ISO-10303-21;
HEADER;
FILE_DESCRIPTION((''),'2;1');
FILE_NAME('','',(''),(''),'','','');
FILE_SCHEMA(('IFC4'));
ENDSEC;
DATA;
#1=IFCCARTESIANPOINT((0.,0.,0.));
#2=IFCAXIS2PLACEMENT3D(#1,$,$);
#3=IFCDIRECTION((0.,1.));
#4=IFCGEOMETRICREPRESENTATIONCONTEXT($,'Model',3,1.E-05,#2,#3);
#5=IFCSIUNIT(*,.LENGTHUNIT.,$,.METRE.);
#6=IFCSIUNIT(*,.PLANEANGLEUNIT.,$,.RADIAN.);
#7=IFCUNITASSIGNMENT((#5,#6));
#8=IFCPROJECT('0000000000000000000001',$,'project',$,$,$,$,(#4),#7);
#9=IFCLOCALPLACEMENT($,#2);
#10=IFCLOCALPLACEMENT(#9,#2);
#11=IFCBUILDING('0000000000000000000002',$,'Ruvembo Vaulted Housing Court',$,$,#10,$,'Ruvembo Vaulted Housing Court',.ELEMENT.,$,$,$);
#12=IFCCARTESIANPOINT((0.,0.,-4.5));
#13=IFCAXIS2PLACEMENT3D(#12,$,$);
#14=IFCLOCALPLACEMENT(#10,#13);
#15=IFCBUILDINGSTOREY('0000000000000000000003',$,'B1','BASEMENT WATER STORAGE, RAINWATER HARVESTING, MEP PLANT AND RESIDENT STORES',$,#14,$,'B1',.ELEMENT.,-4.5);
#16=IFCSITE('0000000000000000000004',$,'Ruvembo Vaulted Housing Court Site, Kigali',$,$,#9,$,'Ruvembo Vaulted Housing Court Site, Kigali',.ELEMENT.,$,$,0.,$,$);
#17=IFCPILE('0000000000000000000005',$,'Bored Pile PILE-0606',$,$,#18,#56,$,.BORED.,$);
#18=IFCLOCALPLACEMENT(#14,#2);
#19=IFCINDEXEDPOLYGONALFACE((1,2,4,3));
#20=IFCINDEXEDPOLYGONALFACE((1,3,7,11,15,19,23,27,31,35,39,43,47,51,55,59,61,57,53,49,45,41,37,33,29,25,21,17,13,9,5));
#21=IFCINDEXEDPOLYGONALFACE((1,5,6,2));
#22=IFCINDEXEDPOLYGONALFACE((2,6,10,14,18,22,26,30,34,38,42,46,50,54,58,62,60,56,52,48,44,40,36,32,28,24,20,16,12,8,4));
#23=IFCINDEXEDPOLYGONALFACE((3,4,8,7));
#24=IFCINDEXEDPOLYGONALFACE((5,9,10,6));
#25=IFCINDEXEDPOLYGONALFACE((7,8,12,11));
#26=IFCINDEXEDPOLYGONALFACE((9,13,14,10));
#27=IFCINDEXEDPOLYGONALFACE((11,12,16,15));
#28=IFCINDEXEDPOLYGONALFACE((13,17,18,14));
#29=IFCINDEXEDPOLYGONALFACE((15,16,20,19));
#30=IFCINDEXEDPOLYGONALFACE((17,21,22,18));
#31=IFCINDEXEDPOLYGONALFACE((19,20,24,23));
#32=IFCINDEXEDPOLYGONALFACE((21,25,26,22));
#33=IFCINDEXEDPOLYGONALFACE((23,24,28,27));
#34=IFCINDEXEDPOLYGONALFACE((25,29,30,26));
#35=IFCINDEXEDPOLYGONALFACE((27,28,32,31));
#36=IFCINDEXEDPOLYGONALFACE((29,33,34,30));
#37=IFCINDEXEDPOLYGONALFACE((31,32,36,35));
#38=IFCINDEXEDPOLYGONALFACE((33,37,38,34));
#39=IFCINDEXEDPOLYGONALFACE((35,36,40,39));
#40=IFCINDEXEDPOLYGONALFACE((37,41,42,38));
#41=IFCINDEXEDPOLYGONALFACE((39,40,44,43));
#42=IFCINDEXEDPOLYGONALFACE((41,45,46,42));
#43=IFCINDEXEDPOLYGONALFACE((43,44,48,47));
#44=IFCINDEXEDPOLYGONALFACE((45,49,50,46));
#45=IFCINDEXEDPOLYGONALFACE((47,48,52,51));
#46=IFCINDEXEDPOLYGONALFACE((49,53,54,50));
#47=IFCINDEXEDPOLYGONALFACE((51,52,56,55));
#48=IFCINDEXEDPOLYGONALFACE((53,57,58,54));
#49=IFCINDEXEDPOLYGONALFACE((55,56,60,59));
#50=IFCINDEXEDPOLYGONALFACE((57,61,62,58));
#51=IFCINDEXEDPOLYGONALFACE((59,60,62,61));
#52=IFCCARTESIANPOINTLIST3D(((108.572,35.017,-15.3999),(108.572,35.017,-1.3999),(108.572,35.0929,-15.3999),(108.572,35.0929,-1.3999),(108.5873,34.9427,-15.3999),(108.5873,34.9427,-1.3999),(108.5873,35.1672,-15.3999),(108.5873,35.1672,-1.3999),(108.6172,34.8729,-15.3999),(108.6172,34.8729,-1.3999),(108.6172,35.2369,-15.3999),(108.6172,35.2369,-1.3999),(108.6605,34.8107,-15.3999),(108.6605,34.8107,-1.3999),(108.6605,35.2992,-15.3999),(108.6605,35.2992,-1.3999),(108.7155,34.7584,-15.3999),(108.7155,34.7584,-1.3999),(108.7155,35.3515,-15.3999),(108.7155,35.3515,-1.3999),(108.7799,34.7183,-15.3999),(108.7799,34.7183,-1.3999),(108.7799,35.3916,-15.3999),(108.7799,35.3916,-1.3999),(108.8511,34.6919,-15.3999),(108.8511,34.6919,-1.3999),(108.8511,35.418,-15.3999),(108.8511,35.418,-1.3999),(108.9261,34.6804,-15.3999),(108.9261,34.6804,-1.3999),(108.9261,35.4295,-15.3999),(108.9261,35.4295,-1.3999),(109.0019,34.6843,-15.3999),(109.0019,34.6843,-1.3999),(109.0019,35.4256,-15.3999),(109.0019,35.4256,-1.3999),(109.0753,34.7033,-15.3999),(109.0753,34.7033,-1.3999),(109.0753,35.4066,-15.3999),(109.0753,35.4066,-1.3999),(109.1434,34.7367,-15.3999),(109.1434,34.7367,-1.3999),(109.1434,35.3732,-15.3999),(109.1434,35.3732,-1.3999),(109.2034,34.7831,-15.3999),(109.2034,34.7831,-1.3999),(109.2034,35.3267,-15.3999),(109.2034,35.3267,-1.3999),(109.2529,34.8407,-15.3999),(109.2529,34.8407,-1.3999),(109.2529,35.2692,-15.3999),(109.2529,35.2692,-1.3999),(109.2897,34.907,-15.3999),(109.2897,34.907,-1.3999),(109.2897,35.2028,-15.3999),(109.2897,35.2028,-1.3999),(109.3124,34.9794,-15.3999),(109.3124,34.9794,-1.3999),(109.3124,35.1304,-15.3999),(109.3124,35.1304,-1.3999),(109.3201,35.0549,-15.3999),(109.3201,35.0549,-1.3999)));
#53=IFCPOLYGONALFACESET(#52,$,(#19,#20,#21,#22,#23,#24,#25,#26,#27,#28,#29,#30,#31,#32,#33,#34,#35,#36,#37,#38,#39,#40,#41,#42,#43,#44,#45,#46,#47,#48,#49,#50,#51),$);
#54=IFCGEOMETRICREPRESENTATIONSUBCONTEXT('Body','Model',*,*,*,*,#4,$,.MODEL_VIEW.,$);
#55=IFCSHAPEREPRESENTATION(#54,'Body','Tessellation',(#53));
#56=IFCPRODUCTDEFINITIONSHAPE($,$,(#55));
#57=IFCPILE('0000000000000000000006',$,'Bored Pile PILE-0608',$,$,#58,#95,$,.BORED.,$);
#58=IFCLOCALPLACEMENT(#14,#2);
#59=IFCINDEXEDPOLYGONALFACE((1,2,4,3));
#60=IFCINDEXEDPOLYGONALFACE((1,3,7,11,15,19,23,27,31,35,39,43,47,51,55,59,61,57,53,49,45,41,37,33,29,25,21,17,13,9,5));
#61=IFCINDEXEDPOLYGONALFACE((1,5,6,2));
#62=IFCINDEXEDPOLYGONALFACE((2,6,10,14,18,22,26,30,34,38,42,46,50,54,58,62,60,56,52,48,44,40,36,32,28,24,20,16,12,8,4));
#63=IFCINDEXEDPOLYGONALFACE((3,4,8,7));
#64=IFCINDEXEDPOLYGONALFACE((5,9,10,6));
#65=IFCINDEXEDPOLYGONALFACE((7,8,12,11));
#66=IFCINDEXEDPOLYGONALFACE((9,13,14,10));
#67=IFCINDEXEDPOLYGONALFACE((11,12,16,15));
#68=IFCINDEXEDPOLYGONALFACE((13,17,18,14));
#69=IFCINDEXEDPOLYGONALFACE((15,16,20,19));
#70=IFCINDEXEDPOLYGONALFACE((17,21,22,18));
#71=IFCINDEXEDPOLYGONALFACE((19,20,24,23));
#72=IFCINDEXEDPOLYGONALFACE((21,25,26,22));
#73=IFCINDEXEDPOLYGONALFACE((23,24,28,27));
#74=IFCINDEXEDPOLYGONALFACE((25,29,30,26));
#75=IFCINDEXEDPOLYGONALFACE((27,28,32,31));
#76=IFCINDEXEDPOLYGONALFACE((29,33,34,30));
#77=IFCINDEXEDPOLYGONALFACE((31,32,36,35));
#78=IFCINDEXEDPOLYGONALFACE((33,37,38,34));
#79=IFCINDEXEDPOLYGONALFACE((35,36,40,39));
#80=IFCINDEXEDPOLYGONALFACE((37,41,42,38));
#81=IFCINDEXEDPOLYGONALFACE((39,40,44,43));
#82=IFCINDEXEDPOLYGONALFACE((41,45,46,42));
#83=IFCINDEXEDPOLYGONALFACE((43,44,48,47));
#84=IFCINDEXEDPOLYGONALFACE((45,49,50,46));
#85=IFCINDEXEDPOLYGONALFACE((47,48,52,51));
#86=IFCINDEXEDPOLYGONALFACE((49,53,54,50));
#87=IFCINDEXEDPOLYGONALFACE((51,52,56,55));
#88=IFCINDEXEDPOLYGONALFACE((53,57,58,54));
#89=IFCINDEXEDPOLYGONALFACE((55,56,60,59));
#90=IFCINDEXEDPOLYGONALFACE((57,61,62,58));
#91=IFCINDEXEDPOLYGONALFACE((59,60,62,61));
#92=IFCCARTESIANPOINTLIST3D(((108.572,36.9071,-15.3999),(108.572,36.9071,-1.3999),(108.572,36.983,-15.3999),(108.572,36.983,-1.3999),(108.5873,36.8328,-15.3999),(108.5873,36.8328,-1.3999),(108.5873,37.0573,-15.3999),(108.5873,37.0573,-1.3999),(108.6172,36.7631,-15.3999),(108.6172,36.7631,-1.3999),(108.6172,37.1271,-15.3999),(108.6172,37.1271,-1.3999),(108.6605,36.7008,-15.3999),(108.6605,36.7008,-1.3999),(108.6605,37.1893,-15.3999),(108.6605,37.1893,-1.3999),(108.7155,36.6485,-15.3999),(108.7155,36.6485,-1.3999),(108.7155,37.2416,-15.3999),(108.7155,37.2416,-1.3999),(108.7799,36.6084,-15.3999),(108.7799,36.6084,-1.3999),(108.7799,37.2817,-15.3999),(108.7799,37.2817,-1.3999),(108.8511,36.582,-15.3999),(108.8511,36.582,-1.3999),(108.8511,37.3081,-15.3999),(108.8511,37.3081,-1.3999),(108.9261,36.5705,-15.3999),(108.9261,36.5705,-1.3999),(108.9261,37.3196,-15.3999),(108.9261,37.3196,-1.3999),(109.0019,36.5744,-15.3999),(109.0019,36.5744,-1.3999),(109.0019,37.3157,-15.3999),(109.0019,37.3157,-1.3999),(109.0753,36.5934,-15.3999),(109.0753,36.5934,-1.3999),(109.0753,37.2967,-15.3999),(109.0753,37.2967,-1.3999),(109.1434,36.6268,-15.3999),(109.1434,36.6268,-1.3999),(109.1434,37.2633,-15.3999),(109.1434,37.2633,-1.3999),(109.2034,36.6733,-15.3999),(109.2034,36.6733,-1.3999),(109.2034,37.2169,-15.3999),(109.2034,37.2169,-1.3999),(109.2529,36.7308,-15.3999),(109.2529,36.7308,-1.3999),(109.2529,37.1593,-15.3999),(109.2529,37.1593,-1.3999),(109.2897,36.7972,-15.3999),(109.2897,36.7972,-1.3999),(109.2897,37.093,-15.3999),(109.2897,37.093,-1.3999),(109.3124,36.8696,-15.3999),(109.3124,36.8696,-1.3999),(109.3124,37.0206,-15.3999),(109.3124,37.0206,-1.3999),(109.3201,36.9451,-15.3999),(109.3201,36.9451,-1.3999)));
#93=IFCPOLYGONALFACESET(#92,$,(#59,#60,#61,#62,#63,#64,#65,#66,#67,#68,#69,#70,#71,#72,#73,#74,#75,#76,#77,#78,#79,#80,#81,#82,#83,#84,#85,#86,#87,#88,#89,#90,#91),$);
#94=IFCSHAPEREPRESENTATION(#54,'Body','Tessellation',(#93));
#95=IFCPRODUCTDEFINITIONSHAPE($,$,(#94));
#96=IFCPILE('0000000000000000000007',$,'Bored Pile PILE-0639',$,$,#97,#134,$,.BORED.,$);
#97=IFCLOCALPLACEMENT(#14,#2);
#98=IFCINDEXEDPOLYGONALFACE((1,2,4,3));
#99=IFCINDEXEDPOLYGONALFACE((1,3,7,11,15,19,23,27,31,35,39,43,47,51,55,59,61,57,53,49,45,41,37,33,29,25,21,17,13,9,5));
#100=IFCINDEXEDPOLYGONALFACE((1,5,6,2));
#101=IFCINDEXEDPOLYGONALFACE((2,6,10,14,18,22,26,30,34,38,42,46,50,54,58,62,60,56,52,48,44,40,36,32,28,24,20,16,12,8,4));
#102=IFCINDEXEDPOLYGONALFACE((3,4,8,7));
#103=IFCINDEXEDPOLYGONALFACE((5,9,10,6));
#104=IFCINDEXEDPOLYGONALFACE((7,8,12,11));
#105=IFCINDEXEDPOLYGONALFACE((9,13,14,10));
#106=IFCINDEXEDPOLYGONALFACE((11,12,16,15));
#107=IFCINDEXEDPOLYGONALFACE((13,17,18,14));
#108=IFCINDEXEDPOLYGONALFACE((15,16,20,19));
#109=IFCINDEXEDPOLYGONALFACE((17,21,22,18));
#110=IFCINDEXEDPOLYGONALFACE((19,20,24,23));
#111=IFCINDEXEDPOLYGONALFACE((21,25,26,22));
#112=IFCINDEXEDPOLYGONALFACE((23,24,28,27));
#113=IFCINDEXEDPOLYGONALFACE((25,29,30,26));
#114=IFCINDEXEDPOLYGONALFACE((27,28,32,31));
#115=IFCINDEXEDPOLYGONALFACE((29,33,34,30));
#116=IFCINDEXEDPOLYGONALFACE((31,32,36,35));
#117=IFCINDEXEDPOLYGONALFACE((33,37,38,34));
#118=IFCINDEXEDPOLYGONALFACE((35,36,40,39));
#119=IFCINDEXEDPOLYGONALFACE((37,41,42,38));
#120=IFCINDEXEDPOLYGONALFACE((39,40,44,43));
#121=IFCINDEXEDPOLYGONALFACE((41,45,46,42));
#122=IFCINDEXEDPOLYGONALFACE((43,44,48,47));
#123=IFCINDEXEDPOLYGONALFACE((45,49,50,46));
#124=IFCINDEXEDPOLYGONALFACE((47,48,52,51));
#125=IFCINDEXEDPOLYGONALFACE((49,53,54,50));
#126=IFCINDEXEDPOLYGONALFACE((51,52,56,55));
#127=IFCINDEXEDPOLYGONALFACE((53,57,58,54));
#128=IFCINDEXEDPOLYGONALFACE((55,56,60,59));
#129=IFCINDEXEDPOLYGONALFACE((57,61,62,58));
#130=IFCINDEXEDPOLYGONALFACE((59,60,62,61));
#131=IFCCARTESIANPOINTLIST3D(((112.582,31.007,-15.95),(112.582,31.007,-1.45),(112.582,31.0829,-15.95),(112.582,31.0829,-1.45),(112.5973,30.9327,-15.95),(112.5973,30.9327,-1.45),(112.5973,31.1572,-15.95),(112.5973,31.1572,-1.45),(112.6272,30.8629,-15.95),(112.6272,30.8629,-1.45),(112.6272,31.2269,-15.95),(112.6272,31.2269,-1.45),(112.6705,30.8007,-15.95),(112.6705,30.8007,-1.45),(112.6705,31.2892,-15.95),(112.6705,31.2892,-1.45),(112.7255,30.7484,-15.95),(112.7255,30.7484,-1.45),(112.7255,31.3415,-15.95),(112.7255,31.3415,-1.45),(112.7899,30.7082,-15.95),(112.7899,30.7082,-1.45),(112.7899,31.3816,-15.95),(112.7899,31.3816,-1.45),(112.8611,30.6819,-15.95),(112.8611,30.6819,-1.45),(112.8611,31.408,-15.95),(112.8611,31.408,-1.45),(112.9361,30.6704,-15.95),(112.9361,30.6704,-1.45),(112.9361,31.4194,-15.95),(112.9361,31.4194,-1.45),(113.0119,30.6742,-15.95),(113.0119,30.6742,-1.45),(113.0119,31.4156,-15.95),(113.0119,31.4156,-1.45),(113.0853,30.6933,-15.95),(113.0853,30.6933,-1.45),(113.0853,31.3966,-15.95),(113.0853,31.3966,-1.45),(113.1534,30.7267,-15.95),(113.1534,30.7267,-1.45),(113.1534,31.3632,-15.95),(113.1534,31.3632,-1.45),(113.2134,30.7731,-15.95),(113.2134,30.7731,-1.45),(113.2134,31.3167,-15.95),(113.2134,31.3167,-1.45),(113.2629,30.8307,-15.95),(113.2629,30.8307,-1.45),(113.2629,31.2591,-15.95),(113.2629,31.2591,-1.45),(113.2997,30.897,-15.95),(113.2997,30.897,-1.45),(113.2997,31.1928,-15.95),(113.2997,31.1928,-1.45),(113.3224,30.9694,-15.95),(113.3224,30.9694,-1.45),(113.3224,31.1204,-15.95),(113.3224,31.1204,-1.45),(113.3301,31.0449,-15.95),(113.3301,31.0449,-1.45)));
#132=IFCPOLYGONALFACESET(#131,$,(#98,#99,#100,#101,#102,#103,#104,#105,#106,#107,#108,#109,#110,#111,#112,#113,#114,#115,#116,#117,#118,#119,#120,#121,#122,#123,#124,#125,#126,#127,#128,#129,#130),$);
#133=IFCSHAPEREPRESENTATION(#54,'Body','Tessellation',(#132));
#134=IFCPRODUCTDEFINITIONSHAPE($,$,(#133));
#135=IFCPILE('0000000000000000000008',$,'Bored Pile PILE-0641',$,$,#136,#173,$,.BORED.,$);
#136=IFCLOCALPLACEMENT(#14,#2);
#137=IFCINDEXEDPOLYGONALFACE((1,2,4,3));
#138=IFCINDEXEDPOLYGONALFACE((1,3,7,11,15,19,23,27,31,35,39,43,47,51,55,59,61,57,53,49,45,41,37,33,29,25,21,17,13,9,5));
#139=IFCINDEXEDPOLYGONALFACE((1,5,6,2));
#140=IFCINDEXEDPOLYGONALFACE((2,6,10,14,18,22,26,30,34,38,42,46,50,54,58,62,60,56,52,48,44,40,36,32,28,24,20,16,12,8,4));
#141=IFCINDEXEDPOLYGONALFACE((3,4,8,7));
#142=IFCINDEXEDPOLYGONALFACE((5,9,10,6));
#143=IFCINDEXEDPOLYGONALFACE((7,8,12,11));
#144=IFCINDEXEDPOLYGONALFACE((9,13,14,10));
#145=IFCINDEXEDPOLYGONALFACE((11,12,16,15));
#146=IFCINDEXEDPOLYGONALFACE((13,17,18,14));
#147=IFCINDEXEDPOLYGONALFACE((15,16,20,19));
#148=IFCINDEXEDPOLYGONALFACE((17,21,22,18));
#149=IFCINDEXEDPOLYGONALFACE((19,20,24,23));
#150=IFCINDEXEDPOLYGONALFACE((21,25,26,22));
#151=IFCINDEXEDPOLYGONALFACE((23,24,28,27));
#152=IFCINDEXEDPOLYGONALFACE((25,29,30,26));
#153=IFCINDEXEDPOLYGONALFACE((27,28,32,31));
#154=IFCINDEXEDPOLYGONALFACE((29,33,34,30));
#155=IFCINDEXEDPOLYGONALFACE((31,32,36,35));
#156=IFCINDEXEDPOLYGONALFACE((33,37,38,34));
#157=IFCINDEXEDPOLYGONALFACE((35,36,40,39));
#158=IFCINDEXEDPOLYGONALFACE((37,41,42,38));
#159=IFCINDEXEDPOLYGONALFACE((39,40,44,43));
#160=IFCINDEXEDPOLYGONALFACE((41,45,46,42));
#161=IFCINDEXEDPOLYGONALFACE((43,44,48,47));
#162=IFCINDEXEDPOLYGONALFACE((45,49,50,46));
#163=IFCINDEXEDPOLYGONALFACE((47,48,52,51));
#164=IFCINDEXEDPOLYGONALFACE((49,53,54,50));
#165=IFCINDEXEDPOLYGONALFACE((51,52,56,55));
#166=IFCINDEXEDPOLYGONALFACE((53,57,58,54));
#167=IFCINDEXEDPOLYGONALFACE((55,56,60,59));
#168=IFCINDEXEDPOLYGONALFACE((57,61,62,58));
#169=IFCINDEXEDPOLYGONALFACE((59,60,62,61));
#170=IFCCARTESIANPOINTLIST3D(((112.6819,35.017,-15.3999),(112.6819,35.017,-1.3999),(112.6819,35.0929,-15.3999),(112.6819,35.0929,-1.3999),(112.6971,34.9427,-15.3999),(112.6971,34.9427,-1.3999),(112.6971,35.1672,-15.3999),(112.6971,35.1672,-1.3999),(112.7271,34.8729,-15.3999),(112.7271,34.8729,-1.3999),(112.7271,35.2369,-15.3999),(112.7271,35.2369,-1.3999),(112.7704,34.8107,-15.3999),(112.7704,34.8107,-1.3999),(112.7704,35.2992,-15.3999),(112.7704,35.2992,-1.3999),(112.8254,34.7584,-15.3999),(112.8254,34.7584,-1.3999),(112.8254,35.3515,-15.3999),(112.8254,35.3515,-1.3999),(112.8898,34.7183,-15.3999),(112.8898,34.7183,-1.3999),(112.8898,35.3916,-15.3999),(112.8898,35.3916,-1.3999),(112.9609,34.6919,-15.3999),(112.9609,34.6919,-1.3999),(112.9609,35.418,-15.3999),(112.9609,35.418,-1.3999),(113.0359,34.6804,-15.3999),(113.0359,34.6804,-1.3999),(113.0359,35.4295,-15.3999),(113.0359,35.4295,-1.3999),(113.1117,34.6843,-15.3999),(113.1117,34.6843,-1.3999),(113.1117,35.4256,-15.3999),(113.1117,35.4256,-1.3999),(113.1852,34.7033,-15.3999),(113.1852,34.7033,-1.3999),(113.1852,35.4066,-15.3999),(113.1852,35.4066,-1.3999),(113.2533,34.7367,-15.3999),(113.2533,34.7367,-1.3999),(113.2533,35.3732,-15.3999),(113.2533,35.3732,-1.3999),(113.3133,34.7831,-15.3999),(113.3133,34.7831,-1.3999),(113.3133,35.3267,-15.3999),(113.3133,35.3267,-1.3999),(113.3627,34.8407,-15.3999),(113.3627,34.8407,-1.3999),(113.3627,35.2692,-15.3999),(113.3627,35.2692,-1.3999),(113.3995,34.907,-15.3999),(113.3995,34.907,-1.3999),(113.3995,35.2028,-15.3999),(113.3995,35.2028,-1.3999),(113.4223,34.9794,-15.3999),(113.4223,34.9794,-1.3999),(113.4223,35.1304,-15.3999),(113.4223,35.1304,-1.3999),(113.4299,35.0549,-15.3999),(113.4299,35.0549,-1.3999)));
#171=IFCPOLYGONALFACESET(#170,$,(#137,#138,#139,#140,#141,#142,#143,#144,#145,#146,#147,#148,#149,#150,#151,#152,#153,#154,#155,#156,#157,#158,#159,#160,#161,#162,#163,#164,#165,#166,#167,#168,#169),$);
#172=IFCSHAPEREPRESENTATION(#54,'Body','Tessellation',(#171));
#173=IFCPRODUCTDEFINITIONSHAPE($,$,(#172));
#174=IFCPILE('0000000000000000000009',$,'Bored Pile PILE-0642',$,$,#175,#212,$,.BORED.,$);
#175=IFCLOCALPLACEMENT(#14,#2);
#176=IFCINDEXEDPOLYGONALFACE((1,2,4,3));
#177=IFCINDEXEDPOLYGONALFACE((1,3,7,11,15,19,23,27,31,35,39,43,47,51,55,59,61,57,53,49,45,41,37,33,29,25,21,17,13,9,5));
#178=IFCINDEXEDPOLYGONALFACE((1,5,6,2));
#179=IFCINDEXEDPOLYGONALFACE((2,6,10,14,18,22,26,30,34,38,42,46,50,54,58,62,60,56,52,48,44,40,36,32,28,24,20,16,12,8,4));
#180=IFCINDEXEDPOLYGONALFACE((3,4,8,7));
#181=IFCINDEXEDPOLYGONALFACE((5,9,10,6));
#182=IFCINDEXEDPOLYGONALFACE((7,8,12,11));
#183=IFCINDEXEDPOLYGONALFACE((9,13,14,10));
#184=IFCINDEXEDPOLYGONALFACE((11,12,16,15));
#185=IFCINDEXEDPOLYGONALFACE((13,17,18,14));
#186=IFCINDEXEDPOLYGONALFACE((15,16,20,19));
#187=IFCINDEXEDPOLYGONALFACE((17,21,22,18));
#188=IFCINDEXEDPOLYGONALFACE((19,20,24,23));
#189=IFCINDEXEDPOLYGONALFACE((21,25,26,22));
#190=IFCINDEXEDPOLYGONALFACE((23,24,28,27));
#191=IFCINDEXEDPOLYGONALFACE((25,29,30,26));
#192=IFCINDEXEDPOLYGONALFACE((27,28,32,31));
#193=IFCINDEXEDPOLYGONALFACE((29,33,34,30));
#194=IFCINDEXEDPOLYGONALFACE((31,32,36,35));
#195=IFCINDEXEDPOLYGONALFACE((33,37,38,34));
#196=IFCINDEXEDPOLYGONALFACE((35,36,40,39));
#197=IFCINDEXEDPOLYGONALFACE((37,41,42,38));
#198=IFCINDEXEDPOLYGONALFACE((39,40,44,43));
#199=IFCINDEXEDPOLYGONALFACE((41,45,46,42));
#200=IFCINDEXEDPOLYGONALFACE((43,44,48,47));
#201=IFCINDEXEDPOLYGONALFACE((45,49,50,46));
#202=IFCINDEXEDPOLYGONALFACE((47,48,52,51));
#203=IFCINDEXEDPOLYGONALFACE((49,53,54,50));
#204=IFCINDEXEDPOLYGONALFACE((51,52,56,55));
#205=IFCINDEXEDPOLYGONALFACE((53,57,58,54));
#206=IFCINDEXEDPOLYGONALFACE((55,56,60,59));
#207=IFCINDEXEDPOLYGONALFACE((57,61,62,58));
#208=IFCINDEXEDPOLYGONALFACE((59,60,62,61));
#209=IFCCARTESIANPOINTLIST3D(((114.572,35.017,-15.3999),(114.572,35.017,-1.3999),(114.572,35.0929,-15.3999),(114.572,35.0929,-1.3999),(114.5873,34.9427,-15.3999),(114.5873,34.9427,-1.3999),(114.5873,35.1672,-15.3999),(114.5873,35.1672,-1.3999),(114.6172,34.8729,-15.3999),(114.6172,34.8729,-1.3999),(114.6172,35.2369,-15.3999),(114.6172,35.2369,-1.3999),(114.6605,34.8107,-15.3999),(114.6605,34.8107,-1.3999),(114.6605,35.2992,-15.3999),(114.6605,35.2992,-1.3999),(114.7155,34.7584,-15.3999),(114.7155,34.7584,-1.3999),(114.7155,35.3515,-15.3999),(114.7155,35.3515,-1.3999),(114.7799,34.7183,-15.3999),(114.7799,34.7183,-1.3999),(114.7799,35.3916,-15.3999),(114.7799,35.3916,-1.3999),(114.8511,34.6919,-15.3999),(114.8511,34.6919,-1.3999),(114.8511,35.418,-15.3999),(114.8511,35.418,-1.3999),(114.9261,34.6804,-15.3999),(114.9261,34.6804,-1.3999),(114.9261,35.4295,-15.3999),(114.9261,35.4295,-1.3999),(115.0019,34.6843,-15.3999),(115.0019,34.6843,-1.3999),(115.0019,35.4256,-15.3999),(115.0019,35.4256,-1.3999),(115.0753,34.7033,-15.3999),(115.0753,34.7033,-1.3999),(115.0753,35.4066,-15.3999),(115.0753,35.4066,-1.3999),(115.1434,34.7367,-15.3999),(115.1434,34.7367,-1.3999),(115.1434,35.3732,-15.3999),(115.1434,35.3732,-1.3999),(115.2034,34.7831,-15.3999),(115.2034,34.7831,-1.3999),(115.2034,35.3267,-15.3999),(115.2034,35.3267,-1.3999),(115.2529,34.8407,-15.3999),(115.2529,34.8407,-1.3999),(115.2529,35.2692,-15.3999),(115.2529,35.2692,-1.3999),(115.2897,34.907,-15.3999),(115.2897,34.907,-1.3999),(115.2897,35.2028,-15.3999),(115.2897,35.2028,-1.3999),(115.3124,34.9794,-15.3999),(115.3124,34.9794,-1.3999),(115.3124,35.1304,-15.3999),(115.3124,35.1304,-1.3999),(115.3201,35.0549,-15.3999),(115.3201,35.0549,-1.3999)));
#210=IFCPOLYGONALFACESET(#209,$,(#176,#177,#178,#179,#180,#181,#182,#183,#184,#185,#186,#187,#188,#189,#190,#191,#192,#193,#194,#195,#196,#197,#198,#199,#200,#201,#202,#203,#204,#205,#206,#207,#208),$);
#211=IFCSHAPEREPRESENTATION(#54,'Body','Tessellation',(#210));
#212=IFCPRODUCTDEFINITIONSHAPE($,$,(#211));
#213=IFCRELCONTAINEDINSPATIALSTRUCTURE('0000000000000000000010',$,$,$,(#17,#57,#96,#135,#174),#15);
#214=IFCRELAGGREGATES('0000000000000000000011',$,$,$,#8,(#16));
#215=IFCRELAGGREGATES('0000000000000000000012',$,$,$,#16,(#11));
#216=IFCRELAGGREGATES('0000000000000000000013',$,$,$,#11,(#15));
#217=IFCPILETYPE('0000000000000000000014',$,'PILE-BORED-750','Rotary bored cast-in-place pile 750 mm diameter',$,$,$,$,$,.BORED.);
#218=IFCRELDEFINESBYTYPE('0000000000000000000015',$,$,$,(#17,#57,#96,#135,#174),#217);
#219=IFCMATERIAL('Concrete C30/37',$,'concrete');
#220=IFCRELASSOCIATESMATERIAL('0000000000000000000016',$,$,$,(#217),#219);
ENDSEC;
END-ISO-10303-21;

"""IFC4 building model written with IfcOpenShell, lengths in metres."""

from ifc_helpers import new_model, si_unit, direction, frame, origin, origin_2d, place, context, subcontext, project, spatial, circle, extrude, material, material_profile, profile_set, type_object, element, save


model = new_model("IFC4")

# Units and contexts
model_context = context("Model", 3, precision=1e-05, world=origin(), true_north=direction((0.0, 1.0)))
body_context = subcontext(model_context, "Body", "Model", "MODEL_VIEW")
ifc_project = project(units=[si_unit("LENGTHUNIT", "METRE"), si_unit("PLANEANGLEUNIT", "RADIAN")], contexts=[model_context])

# Site, building, storey
site_placement = place(None, origin())
site = spatial("IfcSite", under=ifc_project, at=site_placement, Name="Ruvembo Vaulted Housing Court Site, Kigali", LongName="Ruvembo Vaulted Housing Court Site, Kigali", CompositionType="ELEMENT", RefElevation=0.0)
building_placement = place(site_placement, origin())
building = spatial("IfcBuilding", under=site, at=building_placement, Name="Ruvembo Vaulted Housing Court", LongName="Ruvembo Vaulted Housing Court", CompositionType="ELEMENT")
storey_placement = place(building_placement, frame((0.0, 0.0, -4.5)))
storey = spatial("IfcBuildingStorey", under=building, at=storey_placement, Name="B1", Description="BASEMENT WATER STORAGE, RAINWATER HARVESTING, MEP PLANT AND RESIDENT STORES", LongName="B1", CompositionType="ELEMENT", Elevation=-4.5)

# Piles
ifc_material_1 = material(Name="Concrete C30/37", Category="concrete")
ifc_material_profile_1 = material_profile(ifc_material_1, circle(Radius=0.375, at=origin_2d()), Name="PILE D750")
ifc_profile_set_1 = profile_set([ifc_material_profile_1], Name="Concrete C30/37")
pile_type_1 = type_object("IfcPileType", Name="PILE-BORED-750", Description="Rotary bored cast-in-place pile 750 mm diameter", PredefinedType="BORED", material=ifc_profile_set_1)
for number, where, z_axis, x_axis, name in (
    (1, (108.9451, 35.0549, -1.3999), (0.0, 0.0, -1.0), (1.0, 0.0, 0.0), "Bored Pile PILE-0606"),
    (2, (108.9451, 36.9451, -1.3999), (0.0, 0.0, -1.0), (1.0, 0.0, 0.0), "Bored Pile PILE-0608"),
):
    element("IfcPile", number, at=place(storey_placement, frame(where, z_axis=z_axis, x_axis=x_axis)), inside=storey, type_object=pile_type_1, Name=name, PredefinedType="BORED", context=body_context, shape_type="SweptSolid", body=[
        extrude(circle(Radius=0.375, at=origin_2d()), origin(), (0.0, 0.0, 1.0), 14.0),
    ])
pile_1_placement = place(storey_placement, frame((112.9551, 31.0449, -1.45), z_axis=(0.0, 0.0, -1.0), x_axis=(1.0, 0.0, 0.0)))
element("IfcPile", 3, at=pile_1_placement, inside=storey, type_object=pile_type_1, Name="Bored Pile PILE-0639", PredefinedType="BORED", context=body_context, shape_type="SweptSolid", body=[
    extrude(circle(Radius=0.375, at=origin_2d()), origin(), (0.0, 0.0, 1.0), 14.5),
])
for number, where, z_axis, x_axis, name in (
    (4, (113.0549, 35.0549, -1.3999), (0.0, 0.0, -1.0), (1.0, 0.0, 0.0), "Bored Pile PILE-0641"),
    (5, (114.9451, 35.0549, -1.3999), (0.0, 0.0, -1.0), (1.0, 0.0, 0.0), "Bored Pile PILE-0642"),
):
    element("IfcPile", number, at=place(storey_placement, frame(where, z_axis=z_axis, x_axis=x_axis)), inside=storey, type_object=pile_type_1, Name=name, PredefinedType="BORED", context=body_context, shape_type="SweptSolid", body=[
        extrude(circle(Radius=0.375, at=origin_2d()), origin(), (0.0, 0.0, 1.0), 14.0),
    ])

save(model, "model.ifc")
